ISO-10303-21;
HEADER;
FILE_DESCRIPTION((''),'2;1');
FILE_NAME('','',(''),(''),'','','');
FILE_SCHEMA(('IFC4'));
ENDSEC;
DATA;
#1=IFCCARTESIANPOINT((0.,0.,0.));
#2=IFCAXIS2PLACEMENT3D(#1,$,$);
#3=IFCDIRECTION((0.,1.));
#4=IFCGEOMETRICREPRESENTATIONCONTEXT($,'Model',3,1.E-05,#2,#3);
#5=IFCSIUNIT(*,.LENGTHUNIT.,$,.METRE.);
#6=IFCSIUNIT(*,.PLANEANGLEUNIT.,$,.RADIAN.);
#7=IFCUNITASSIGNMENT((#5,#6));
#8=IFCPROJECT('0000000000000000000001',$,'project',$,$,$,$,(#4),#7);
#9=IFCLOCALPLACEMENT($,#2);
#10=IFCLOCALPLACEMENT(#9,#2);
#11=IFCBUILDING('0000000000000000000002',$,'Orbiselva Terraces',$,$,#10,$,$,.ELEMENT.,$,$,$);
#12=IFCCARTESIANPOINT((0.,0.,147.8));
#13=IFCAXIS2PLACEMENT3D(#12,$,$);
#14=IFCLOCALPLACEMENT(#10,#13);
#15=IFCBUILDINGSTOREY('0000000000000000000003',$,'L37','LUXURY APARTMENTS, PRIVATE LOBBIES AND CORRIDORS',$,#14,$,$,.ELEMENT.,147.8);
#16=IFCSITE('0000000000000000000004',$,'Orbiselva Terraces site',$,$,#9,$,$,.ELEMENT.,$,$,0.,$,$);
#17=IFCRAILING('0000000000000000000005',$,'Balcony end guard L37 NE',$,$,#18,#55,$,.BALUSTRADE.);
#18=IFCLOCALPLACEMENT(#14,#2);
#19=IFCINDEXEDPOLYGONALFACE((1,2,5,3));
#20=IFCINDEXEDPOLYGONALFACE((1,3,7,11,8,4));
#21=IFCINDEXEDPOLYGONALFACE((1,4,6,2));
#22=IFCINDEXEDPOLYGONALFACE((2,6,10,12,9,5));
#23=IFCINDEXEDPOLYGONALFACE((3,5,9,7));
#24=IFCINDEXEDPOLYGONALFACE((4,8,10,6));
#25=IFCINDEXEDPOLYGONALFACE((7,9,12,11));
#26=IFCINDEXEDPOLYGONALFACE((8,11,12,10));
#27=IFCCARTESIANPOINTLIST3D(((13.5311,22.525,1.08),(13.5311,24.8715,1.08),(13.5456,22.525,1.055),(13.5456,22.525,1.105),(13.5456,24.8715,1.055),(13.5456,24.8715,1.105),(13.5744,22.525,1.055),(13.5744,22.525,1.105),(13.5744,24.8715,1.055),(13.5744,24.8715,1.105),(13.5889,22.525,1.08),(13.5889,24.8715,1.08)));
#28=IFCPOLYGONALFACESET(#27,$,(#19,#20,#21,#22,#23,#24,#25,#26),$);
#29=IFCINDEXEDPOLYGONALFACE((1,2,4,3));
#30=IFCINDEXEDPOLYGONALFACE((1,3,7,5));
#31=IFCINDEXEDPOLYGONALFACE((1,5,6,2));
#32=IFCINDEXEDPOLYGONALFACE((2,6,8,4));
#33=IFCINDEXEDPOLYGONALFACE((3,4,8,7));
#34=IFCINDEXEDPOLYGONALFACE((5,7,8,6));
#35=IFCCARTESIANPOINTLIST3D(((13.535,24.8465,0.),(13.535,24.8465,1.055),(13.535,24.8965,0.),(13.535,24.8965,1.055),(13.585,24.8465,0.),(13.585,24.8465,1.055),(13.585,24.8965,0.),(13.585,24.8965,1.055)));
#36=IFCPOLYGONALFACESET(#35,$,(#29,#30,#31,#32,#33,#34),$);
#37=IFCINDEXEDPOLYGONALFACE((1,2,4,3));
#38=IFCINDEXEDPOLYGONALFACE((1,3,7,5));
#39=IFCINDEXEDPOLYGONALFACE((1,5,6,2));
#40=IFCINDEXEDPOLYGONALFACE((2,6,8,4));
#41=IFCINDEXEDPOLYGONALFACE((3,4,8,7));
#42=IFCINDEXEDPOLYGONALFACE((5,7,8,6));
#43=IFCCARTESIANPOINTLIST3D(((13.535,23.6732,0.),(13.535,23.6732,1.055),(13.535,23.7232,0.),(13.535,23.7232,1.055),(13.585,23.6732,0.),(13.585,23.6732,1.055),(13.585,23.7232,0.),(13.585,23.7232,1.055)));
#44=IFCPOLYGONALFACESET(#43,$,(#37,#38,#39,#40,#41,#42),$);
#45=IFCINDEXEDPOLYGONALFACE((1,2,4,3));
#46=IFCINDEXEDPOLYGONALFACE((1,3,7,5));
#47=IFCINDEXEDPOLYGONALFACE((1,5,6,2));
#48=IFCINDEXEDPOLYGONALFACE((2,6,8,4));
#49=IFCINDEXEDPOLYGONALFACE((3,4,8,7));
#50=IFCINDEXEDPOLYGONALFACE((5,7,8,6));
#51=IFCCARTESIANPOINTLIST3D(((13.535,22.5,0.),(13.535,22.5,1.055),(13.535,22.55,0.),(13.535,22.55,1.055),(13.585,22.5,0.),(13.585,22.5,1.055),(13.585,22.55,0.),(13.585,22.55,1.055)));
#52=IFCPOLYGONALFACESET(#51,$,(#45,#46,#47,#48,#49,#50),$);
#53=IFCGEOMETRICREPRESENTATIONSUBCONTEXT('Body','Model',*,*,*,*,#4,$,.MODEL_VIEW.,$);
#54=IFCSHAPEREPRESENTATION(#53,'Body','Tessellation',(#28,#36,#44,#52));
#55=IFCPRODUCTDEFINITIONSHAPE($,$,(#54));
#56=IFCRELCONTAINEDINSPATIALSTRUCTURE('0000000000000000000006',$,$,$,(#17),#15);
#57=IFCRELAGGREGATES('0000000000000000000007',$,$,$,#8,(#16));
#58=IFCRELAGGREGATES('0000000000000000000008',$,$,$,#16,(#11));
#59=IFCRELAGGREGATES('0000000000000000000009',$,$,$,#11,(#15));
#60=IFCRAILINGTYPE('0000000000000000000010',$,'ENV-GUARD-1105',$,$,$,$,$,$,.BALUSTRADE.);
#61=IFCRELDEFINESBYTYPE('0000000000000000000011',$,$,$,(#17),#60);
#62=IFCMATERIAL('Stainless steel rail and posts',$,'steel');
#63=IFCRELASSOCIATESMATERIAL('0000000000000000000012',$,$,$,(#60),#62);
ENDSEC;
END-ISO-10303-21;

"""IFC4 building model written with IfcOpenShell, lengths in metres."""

from ifc_helpers import new_model, si_unit, direction, frame, origin, origin_2d, place, context, subcontext, project, spatial, polyline, rectangle, outline, extrude, material, type_object, element, save


model = new_model("IFC4")

# Units and contexts
model_context = context("Model", 3, precision=1e-05, world=origin(), true_north=direction((0.0, 1.0)))
body_context = subcontext(model_context, "Body", "Model", "MODEL_VIEW")
ifc_project = project(units=[si_unit("LENGTHUNIT", "METRE"), si_unit("PLANEANGLEUNIT", "RADIAN")], contexts=[model_context])

# Site, building, storey
site_placement = place(None, origin())
site = spatial("IfcSite", under=ifc_project, at=site_placement, Name="Orbiselva Terraces site", CompositionType="ELEMENT", RefElevation=0.0)
building_placement = place(site_placement, origin())
building = spatial("IfcBuilding", under=site, at=building_placement, Name="Orbiselva Terraces", CompositionType="ELEMENT")
storey_placement = place(building_placement, frame((0.0, 0.0, 147.8)))
storey = spatial("IfcBuildingStorey", under=building, at=storey_placement, Name="L37", Description="LUXURY APARTMENTS, PRIVATE LOBBIES AND CORRIDORS", CompositionType="ELEMENT", Elevation=147.8)

# Railing
ifc_material_1 = material(Name="Stainless steel rail and posts", Category="steel")
railing_type_1 = type_object("IfcRailingType", Name="ENV-GUARD-1105", PredefinedType="BALUSTRADE", material=ifc_material_1)
railing_1_placement = place(storey_placement, frame((13.56, 24.8715, 0.0)))
element("IfcRailing", 1, at=railing_1_placement, inside=storey, type_object=railing_type_1, Name="Balcony end guard L37 NE", PredefinedType="BALUSTRADE", context=body_context, shape_type="SweptSolid", body=[
    extrude(outline(polyline([(0.0289, 0.0), (0.0144, 0.025), (-0.0144, 0.025), (-0.0289, 0.0), (-0.0144, -0.025), (0.0144, -0.025), (0.0289, 0.0)])), frame((0.0, 0.0, 1.08), z_axis=(0.0, -1.0, 0.0), x_axis=(1.0, 0.0, 0.0)), (0.0, 0.0, 1.0), 2.3465),
    extrude(rectangle(XDim=0.05, YDim=0.05, at=origin_2d()), origin(), (0.0, 0.0, 1.0), 1.055),
    extrude(rectangle(XDim=0.05, YDim=0.05, at=origin_2d()), frame((0.0, -1.1732, 0.0)), (0.0, 0.0, 1.0), 1.055),
    extrude(rectangle(XDim=0.05, YDim=0.05, at=origin_2d()), frame((0.0, -2.3465, 0.0)), (0.0, 0.0, 1.0), 1.055),
])

save(model, "model.ifc")
